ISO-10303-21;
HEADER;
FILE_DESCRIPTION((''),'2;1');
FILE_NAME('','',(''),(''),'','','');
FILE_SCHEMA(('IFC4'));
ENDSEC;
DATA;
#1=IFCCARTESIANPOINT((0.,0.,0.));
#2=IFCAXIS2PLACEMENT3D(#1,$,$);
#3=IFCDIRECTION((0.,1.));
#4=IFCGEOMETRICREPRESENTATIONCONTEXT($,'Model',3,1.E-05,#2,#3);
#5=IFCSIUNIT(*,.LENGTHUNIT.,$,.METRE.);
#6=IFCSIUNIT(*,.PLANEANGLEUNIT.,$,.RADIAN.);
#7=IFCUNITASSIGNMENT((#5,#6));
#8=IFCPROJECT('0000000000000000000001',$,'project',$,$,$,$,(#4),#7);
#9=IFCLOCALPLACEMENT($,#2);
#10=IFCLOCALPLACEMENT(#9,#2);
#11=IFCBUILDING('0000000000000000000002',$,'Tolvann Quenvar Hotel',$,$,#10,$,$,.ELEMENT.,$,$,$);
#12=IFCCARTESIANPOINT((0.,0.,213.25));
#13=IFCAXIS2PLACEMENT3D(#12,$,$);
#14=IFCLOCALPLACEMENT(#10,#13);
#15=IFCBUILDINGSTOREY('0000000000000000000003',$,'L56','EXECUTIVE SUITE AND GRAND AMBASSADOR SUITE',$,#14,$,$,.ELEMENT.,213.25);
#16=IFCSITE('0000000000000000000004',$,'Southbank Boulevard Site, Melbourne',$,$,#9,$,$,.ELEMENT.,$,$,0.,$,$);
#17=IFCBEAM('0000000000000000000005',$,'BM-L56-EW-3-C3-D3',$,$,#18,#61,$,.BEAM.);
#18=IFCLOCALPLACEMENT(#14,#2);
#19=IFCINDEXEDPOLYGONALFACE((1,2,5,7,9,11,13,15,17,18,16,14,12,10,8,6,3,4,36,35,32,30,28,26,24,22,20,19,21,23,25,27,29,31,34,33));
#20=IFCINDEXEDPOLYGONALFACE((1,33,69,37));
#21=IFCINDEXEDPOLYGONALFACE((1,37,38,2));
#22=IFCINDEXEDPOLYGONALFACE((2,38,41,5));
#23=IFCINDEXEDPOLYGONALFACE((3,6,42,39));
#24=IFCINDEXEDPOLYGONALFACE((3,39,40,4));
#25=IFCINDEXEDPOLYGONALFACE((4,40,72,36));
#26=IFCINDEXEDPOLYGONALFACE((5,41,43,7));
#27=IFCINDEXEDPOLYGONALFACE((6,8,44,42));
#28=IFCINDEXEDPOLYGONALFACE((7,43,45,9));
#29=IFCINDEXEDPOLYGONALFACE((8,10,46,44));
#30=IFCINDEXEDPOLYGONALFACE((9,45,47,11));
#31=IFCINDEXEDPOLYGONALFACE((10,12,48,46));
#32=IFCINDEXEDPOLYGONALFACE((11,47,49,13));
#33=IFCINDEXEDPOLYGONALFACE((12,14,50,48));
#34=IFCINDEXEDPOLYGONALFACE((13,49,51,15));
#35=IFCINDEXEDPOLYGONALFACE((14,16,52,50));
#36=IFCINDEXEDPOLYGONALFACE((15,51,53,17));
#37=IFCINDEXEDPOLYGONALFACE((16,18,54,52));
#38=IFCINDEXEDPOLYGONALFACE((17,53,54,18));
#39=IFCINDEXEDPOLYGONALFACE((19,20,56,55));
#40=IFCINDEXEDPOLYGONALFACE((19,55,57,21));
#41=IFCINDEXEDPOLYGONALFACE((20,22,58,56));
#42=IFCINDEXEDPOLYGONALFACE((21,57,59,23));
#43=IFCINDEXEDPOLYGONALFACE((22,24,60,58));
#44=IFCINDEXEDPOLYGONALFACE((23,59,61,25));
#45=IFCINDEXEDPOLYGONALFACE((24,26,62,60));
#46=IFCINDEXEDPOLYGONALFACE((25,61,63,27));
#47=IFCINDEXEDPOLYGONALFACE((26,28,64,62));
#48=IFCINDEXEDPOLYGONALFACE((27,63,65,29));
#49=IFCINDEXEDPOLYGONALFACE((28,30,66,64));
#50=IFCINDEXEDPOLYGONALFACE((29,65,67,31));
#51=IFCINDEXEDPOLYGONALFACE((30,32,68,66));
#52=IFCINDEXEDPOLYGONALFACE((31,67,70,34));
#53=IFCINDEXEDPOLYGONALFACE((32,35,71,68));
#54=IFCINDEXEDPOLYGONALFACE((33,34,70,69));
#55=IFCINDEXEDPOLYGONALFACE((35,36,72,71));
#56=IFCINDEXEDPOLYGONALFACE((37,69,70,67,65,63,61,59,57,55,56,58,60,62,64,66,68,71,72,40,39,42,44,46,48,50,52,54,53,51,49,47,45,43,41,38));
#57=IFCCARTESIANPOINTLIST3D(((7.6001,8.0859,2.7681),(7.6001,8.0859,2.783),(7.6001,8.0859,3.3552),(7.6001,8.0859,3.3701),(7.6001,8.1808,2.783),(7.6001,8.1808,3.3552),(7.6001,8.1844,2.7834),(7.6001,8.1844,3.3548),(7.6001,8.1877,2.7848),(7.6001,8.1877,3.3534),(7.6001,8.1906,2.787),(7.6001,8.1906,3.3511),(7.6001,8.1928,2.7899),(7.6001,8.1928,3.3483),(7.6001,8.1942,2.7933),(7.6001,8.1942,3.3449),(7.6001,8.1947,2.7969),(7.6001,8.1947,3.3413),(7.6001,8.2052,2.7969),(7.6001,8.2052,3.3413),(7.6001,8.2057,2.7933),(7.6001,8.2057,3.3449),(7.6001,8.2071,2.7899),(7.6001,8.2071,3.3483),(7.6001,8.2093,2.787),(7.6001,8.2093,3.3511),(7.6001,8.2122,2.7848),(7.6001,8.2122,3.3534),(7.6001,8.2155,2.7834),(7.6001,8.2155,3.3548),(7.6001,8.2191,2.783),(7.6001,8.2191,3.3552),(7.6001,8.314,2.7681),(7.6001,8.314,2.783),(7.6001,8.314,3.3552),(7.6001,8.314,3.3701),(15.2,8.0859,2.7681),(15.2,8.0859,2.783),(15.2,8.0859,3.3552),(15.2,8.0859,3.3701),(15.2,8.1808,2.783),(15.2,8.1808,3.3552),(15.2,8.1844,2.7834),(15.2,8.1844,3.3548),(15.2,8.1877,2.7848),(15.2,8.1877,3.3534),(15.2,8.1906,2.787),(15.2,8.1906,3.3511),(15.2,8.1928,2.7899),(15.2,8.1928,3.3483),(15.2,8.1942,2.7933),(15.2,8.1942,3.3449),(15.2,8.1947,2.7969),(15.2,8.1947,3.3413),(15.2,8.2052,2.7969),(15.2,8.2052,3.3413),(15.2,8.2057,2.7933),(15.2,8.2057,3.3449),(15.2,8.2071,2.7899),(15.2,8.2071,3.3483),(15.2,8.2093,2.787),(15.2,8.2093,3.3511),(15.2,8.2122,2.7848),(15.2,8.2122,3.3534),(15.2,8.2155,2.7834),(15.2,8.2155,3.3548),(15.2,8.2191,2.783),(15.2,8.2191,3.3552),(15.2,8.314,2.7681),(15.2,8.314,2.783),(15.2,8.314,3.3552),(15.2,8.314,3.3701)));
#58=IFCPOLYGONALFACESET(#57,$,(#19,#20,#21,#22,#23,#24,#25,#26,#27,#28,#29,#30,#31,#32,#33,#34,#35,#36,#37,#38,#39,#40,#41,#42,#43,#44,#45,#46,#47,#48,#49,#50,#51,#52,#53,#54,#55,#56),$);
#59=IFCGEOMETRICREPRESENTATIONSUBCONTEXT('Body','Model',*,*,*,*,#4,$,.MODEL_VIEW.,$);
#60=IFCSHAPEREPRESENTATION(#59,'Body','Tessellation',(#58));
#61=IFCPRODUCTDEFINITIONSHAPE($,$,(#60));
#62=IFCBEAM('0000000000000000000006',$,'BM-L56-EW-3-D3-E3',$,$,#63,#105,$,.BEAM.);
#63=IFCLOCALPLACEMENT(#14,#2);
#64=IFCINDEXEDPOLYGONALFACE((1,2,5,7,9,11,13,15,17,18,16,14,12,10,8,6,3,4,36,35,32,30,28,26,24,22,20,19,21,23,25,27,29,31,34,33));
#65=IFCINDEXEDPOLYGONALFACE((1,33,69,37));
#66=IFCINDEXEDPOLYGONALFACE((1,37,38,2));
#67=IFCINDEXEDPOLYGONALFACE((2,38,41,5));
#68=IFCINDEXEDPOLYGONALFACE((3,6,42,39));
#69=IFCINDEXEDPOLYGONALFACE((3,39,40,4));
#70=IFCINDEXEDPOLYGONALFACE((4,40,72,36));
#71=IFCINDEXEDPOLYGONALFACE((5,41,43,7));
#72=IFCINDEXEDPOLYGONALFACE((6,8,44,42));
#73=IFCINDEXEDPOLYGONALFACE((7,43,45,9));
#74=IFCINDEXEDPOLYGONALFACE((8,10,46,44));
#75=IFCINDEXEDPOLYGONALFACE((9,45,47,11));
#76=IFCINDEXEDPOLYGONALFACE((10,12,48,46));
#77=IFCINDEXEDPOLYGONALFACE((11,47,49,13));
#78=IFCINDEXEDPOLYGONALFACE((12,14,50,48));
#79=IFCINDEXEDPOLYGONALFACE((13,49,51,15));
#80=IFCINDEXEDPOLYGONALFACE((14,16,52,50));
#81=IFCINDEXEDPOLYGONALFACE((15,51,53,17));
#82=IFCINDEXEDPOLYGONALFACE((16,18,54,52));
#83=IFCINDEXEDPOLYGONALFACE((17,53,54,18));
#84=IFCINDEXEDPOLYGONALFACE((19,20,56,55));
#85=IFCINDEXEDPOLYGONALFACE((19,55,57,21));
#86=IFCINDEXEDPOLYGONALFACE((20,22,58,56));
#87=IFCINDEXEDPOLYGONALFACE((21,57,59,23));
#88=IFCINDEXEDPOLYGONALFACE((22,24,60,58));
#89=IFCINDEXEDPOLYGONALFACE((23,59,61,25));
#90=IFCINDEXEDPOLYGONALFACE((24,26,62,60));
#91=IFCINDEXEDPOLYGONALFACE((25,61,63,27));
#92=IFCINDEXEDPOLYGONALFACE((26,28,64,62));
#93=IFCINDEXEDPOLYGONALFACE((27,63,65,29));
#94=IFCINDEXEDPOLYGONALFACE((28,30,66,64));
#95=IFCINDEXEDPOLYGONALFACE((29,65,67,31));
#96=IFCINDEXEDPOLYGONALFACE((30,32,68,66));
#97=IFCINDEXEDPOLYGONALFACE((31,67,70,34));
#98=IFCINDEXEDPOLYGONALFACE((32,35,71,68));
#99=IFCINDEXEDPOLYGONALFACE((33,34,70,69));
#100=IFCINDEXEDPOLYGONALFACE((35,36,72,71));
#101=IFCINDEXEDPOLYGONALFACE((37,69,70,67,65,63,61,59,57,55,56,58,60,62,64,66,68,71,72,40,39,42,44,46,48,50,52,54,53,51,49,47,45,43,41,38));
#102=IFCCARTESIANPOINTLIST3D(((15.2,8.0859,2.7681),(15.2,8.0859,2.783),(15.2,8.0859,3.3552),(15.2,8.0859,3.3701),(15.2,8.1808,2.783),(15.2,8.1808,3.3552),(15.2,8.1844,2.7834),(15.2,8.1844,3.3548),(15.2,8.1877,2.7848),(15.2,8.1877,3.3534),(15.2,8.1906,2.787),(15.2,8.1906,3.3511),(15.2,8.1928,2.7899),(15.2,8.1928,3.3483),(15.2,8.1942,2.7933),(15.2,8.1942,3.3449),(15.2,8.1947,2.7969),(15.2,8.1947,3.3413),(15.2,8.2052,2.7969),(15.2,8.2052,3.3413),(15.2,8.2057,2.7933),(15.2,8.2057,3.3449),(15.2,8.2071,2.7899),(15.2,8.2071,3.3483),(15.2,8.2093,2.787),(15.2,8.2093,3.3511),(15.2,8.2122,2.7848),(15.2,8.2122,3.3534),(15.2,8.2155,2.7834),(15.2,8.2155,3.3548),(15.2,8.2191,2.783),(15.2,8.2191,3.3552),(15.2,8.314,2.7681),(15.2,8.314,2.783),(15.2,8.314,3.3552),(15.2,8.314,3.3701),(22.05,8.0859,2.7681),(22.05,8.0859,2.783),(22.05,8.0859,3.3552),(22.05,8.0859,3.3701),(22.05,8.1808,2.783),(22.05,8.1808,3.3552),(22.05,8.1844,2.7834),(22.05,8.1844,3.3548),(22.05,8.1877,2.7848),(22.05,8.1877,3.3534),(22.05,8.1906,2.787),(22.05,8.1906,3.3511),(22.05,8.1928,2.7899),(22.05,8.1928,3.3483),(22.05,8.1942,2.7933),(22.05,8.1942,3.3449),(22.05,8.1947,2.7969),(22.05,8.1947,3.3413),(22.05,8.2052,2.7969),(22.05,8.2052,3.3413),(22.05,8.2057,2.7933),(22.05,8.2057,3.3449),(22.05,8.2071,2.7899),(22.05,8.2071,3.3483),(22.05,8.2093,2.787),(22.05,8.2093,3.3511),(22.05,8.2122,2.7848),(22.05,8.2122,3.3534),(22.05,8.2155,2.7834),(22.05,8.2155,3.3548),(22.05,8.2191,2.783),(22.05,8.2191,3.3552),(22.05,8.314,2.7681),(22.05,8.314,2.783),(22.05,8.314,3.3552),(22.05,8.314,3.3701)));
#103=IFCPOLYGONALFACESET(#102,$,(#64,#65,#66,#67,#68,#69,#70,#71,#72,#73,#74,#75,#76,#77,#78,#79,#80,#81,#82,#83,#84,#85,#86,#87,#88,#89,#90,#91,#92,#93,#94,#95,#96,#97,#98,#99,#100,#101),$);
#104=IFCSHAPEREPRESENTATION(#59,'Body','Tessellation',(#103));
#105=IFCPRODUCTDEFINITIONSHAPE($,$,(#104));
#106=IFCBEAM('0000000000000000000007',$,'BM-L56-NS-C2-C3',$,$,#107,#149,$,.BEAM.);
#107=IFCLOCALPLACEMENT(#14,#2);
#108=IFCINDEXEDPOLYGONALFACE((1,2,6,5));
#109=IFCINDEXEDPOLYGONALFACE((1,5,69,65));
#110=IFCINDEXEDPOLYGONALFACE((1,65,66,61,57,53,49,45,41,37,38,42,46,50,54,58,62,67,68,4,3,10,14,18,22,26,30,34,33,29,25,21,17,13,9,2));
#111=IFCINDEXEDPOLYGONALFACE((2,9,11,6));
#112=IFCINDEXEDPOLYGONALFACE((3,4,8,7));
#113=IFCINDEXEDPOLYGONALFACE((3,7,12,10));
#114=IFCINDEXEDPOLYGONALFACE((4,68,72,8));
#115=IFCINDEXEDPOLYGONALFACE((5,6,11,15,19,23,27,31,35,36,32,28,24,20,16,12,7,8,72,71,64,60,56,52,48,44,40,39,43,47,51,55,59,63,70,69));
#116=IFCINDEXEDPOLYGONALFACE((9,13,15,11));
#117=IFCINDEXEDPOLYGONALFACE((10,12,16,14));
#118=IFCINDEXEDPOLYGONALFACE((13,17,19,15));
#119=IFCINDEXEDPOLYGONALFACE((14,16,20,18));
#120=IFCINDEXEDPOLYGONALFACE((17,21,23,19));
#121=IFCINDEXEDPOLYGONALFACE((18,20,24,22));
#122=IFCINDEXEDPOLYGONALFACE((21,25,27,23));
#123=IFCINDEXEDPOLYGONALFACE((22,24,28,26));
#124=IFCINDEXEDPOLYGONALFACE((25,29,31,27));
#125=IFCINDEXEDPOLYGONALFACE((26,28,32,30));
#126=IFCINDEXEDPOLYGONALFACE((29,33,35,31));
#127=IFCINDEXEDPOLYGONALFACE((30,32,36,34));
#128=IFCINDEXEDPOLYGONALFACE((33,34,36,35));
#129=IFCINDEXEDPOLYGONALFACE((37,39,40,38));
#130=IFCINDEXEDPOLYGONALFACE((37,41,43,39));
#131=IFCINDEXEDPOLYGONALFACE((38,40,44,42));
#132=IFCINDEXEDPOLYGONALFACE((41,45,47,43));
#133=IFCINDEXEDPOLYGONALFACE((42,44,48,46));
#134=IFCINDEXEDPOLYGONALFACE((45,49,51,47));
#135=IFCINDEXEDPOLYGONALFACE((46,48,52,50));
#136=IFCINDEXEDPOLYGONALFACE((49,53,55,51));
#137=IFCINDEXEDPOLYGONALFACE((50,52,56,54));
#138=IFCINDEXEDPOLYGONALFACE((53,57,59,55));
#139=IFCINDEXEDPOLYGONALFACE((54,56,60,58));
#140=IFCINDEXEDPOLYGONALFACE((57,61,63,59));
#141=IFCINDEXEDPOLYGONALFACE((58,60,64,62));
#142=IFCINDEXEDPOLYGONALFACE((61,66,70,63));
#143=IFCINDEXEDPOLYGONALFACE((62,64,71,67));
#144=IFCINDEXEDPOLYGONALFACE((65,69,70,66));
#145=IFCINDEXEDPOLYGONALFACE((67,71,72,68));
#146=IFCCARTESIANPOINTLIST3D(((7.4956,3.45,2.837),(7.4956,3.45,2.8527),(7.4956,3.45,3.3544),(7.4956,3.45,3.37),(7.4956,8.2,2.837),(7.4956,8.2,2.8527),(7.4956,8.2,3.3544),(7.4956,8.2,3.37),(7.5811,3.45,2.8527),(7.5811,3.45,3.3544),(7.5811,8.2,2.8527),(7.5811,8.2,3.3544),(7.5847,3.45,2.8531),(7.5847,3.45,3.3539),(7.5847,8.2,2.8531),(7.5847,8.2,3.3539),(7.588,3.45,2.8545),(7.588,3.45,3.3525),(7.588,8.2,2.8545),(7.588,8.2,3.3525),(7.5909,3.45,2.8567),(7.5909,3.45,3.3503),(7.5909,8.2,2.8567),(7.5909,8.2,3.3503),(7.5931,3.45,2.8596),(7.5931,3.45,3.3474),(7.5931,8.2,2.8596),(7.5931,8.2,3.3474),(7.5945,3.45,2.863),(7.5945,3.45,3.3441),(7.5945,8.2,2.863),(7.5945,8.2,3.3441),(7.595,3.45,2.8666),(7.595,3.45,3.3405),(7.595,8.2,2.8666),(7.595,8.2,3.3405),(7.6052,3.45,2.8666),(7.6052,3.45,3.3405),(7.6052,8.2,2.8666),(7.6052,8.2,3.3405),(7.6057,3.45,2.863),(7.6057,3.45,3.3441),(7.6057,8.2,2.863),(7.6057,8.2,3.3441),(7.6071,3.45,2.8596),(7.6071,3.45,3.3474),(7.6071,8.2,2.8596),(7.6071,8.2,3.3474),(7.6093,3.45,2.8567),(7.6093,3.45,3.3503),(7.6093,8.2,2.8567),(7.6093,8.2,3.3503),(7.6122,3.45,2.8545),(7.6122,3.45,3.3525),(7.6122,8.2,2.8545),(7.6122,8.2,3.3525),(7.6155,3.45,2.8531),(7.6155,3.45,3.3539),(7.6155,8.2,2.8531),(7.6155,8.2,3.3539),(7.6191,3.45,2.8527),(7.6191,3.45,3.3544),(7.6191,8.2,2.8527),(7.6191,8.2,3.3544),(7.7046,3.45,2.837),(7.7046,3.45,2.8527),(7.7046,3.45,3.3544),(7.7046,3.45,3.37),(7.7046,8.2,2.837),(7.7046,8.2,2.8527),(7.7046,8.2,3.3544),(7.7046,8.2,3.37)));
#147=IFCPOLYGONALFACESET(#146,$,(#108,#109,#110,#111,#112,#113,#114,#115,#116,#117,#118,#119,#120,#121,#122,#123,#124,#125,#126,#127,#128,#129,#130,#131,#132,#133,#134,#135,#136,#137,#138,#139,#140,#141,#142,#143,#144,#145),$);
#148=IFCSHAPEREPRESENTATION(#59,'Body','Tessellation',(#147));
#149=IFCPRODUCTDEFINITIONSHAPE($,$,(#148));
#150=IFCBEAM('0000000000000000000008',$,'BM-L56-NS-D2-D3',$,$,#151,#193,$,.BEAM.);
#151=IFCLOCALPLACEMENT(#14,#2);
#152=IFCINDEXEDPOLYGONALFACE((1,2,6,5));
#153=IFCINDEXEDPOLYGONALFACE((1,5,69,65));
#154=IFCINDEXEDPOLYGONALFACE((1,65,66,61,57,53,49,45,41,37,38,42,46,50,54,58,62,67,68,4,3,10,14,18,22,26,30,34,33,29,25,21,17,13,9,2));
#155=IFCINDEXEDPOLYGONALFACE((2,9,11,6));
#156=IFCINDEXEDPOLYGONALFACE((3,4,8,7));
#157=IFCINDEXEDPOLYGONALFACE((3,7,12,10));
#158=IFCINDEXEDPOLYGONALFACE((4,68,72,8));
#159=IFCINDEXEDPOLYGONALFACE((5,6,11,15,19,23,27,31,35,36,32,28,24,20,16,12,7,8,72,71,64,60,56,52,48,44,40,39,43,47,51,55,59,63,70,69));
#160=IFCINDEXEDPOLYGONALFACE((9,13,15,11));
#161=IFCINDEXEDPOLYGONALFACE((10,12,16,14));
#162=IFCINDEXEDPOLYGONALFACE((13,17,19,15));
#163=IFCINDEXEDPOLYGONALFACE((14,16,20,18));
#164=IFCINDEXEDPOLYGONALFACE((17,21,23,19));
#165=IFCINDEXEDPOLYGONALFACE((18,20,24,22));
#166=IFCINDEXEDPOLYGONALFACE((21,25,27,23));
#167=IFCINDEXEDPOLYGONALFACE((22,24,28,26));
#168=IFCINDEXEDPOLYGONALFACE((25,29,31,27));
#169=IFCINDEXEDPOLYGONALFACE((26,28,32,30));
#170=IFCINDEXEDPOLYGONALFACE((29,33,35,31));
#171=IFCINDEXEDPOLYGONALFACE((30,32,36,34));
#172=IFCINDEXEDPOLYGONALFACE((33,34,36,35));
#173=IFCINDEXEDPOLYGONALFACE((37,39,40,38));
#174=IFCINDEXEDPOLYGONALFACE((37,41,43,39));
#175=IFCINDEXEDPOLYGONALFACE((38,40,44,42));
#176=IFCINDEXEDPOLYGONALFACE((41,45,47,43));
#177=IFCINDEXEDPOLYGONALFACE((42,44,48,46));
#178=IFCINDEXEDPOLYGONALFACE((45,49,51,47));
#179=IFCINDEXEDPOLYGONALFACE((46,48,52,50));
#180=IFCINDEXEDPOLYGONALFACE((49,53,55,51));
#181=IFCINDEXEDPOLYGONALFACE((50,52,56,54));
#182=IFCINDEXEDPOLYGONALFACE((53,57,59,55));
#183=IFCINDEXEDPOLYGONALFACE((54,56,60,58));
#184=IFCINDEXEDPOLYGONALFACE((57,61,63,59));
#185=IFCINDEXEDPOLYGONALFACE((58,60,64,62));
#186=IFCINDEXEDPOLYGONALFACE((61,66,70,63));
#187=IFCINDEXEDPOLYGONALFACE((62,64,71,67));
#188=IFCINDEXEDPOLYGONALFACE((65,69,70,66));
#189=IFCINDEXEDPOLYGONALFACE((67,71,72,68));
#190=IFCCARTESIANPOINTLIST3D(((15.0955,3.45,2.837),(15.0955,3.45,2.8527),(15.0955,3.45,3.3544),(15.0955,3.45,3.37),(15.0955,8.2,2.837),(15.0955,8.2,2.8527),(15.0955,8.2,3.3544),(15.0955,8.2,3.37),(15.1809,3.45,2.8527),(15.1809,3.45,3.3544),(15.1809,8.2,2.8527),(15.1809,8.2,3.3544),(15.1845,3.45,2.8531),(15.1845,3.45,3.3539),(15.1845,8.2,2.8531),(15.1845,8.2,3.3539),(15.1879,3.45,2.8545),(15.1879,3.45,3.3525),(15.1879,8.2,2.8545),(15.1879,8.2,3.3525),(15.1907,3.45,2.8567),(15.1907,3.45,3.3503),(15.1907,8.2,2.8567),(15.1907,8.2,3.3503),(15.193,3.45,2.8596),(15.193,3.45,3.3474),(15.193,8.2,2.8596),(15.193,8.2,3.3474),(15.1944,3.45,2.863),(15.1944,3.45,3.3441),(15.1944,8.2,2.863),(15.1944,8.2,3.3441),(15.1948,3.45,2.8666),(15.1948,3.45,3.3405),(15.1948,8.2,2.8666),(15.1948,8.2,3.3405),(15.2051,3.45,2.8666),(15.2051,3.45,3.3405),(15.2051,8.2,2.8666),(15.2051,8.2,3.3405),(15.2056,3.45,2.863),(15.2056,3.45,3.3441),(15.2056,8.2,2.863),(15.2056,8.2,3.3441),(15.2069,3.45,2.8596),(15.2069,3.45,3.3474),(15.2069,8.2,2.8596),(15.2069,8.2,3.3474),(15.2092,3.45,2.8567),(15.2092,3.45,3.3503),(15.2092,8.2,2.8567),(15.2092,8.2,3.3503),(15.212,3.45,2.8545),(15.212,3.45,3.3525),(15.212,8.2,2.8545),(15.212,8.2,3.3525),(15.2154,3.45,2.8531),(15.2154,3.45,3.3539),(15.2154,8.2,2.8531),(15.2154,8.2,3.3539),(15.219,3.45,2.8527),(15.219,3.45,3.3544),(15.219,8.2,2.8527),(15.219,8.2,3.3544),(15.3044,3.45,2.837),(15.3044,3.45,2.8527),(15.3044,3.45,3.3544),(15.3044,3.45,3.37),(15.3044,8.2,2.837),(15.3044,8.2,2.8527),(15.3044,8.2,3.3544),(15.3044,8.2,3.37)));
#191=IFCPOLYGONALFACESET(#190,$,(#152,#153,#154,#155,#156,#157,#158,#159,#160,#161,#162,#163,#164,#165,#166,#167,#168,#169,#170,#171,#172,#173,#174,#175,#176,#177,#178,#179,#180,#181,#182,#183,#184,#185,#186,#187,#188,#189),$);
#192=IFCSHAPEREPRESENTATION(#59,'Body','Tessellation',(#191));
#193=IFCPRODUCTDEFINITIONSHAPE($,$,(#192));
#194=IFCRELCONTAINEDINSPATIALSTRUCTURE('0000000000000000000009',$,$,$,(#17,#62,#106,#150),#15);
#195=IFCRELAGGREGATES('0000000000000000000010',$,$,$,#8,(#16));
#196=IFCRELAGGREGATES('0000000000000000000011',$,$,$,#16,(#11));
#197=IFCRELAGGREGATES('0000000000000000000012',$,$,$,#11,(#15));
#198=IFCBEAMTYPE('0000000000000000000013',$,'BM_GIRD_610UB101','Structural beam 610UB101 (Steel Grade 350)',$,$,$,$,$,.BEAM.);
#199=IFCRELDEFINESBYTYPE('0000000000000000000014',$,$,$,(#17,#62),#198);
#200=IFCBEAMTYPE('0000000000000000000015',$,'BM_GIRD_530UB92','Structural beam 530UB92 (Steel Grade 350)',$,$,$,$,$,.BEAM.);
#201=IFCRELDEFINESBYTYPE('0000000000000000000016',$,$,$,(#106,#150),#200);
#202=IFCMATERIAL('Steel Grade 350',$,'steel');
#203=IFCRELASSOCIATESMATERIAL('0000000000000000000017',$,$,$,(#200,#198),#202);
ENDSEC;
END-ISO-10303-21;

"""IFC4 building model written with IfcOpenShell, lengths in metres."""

from ifc_helpers import new_model, si_unit, direction, frame, origin, origin_2d, place, context, subcontext, project, spatial, i_section, extrude, source, transform, mapped, material, material_profile, profile_set, type_object, type_shapes, element, save


model = new_model("IFC4")

# Units and contexts
model_context = context("Model", 3, precision=1e-05, world=origin(), true_north=direction((0.0, 1.0)))
body_context = subcontext(model_context, "Body", "Model", "MODEL_VIEW")
ifc_project = project(units=[si_unit("LENGTHUNIT", "METRE"), si_unit("PLANEANGLEUNIT", "RADIAN")], contexts=[model_context])

# Site, building, storey
site_placement = place(None, origin())
site = spatial("IfcSite", under=ifc_project, at=site_placement, Name="Southbank Boulevard Site, Melbourne", CompositionType="ELEMENT", RefElevation=0.0)
building_placement = place(site_placement, origin())
building = spatial("IfcBuilding", under=site, at=building_placement, Name="Tolvann Quenvar Hotel", CompositionType="ELEMENT")
storey_placement = place(building_placement, frame((0.0, 0.0, 213.25)))
storey = spatial("IfcBuildingStorey", under=building, at=storey_placement, Name="L56", Description="EXECUTIVE SUITE AND GRAND AMBASSADOR SUITE", CompositionType="ELEMENT", Elevation=213.25)

# Shared definitions
ifc_material_1 = material(Name="Steel Grade 350", Category="steel")

# Beams
ifc_material_profile_1 = material_profile(ifc_material_1, i_section(OverallWidth=0.209, OverallDepth=0.533, WebThickness=0.0103, FlangeThickness=0.0156, FilletRadius=0.0139, at=origin_2d()), Name="530UB92")
ifc_profile_set_1 = profile_set([ifc_material_profile_1], Name="Steel Grade 350")
beam_type_1 = type_object("IfcBeamType", Name="BM_GIRD_530UB92", Description="Structural beam 530UB92 (Steel Grade 350)", PredefinedType="BEAM", material=ifc_profile_set_1)
ifc_material_profile_2 = material_profile(ifc_material_1, i_section(OverallWidth=0.228, OverallDepth=0.6021, WebThickness=0.0105, FlangeThickness=0.0149, FilletRadius=0.0139, at=origin_2d()), Name="610UB101")
ifc_profile_set_2 = profile_set([ifc_material_profile_2], Name="Steel Grade 350")
beam_type_2 = type_object("IfcBeamType", Name="BM_GIRD_610UB101", Description="Structural beam 610UB101 (Steel Grade 350)", PredefinedType="BEAM", material=ifc_profile_set_2)
shared_shape_1 = source(origin(), body_context, "Body", "SweptSolid", [
    extrude(i_section(OverallWidth=0.228, OverallDepth=0.6021, WebThickness=0.0105, FlangeThickness=0.0149, FilletRadius=0.0139, at=origin_2d()), origin(), (0.0, 0.0, 1.0), 7.5999),
])
beam_1_placement = place(storey_placement, frame((7.6001, 8.2, 3.0691), z_axis=(1.0, 0.0, 0.0), x_axis=(0.0, 1.0, 0.0)))
element("IfcBeam", 1, at=beam_1_placement, inside=storey, type_object=beam_type_2, Name="BM-L56-EW-3-C3-D3", PredefinedType="BEAM", context=body_context, shape_type="MappedRepresentation", body=[
    mapped(shared_shape_1, transform((0.0, 0.0, 0.0), x_axis=(1.0, 0.0, 0.0), y_axis=(0.0, 1.0, 0.0), z_axis=(0.0, 0.0, 1.0), scale=1.0)),
])
shared_shape_2 = source(origin(), body_context, "Body", "SweptSolid", [
    extrude(i_section(OverallWidth=0.228, OverallDepth=0.6021, WebThickness=0.0105, FlangeThickness=0.0149, FilletRadius=0.0139, at=origin_2d()), origin(), (0.0, 0.0, 1.0), 6.8501),
])
type_shapes(beam_type_2, [shared_shape_1, shared_shape_2])
beam_2_placement = place(storey_placement, frame((15.2, 8.2, 3.0691), z_axis=(1.0, 0.0, 0.0), x_axis=(0.0, 1.0, 0.0)))
element("IfcBeam", 2, at=beam_2_placement, inside=storey, type_object=beam_type_2, Name="BM-L56-EW-3-D3-E3", PredefinedType="BEAM", context=body_context, shape_type="MappedRepresentation", body=[
    mapped(shared_shape_2, transform((0.0, 0.0, 0.0), x_axis=(1.0, 0.0, 0.0), y_axis=(0.0, 1.0, 0.0), z_axis=(0.0, 0.0, 1.0), scale=1.0)),
])
shared_shape_3 = source(origin(), body_context, "Body", "SweptSolid", [
    extrude(i_section(OverallWidth=0.209, OverallDepth=0.533, WebThickness=0.0103, FlangeThickness=0.0156, FilletRadius=0.0139, at=origin_2d()), origin(), (0.0, 0.0, 1.0), 4.75),
])
for number, where, z_axis, x_axis, name in (
    (3, (7.6001, 3.45, 3.1035), (0.0, 1.0, 0.0), (-1.0, 0.0, 0.0), "BM-L56-NS-C2-C3"),
    (4, (15.2, 3.45, 3.1035), (0.0, 1.0, 0.0), (-1.0, 0.0, 0.0), "BM-L56-NS-D2-D3"),
):
    element("IfcBeam", number, at=place(storey_placement, frame(where, z_axis=z_axis, x_axis=x_axis)), inside=storey, type_object=beam_type_1, Name=name, PredefinedType="BEAM", context=body_context, shape_type="MappedRepresentation", body=[
        mapped(shared_shape_3, transform((0.0, 0.0, 0.0), x_axis=(1.0, 0.0, 0.0), y_axis=(0.0, 1.0, 0.0), z_axis=(0.0, 0.0, 1.0), scale=1.0)),
    ])

save(model, "model.ifc")
